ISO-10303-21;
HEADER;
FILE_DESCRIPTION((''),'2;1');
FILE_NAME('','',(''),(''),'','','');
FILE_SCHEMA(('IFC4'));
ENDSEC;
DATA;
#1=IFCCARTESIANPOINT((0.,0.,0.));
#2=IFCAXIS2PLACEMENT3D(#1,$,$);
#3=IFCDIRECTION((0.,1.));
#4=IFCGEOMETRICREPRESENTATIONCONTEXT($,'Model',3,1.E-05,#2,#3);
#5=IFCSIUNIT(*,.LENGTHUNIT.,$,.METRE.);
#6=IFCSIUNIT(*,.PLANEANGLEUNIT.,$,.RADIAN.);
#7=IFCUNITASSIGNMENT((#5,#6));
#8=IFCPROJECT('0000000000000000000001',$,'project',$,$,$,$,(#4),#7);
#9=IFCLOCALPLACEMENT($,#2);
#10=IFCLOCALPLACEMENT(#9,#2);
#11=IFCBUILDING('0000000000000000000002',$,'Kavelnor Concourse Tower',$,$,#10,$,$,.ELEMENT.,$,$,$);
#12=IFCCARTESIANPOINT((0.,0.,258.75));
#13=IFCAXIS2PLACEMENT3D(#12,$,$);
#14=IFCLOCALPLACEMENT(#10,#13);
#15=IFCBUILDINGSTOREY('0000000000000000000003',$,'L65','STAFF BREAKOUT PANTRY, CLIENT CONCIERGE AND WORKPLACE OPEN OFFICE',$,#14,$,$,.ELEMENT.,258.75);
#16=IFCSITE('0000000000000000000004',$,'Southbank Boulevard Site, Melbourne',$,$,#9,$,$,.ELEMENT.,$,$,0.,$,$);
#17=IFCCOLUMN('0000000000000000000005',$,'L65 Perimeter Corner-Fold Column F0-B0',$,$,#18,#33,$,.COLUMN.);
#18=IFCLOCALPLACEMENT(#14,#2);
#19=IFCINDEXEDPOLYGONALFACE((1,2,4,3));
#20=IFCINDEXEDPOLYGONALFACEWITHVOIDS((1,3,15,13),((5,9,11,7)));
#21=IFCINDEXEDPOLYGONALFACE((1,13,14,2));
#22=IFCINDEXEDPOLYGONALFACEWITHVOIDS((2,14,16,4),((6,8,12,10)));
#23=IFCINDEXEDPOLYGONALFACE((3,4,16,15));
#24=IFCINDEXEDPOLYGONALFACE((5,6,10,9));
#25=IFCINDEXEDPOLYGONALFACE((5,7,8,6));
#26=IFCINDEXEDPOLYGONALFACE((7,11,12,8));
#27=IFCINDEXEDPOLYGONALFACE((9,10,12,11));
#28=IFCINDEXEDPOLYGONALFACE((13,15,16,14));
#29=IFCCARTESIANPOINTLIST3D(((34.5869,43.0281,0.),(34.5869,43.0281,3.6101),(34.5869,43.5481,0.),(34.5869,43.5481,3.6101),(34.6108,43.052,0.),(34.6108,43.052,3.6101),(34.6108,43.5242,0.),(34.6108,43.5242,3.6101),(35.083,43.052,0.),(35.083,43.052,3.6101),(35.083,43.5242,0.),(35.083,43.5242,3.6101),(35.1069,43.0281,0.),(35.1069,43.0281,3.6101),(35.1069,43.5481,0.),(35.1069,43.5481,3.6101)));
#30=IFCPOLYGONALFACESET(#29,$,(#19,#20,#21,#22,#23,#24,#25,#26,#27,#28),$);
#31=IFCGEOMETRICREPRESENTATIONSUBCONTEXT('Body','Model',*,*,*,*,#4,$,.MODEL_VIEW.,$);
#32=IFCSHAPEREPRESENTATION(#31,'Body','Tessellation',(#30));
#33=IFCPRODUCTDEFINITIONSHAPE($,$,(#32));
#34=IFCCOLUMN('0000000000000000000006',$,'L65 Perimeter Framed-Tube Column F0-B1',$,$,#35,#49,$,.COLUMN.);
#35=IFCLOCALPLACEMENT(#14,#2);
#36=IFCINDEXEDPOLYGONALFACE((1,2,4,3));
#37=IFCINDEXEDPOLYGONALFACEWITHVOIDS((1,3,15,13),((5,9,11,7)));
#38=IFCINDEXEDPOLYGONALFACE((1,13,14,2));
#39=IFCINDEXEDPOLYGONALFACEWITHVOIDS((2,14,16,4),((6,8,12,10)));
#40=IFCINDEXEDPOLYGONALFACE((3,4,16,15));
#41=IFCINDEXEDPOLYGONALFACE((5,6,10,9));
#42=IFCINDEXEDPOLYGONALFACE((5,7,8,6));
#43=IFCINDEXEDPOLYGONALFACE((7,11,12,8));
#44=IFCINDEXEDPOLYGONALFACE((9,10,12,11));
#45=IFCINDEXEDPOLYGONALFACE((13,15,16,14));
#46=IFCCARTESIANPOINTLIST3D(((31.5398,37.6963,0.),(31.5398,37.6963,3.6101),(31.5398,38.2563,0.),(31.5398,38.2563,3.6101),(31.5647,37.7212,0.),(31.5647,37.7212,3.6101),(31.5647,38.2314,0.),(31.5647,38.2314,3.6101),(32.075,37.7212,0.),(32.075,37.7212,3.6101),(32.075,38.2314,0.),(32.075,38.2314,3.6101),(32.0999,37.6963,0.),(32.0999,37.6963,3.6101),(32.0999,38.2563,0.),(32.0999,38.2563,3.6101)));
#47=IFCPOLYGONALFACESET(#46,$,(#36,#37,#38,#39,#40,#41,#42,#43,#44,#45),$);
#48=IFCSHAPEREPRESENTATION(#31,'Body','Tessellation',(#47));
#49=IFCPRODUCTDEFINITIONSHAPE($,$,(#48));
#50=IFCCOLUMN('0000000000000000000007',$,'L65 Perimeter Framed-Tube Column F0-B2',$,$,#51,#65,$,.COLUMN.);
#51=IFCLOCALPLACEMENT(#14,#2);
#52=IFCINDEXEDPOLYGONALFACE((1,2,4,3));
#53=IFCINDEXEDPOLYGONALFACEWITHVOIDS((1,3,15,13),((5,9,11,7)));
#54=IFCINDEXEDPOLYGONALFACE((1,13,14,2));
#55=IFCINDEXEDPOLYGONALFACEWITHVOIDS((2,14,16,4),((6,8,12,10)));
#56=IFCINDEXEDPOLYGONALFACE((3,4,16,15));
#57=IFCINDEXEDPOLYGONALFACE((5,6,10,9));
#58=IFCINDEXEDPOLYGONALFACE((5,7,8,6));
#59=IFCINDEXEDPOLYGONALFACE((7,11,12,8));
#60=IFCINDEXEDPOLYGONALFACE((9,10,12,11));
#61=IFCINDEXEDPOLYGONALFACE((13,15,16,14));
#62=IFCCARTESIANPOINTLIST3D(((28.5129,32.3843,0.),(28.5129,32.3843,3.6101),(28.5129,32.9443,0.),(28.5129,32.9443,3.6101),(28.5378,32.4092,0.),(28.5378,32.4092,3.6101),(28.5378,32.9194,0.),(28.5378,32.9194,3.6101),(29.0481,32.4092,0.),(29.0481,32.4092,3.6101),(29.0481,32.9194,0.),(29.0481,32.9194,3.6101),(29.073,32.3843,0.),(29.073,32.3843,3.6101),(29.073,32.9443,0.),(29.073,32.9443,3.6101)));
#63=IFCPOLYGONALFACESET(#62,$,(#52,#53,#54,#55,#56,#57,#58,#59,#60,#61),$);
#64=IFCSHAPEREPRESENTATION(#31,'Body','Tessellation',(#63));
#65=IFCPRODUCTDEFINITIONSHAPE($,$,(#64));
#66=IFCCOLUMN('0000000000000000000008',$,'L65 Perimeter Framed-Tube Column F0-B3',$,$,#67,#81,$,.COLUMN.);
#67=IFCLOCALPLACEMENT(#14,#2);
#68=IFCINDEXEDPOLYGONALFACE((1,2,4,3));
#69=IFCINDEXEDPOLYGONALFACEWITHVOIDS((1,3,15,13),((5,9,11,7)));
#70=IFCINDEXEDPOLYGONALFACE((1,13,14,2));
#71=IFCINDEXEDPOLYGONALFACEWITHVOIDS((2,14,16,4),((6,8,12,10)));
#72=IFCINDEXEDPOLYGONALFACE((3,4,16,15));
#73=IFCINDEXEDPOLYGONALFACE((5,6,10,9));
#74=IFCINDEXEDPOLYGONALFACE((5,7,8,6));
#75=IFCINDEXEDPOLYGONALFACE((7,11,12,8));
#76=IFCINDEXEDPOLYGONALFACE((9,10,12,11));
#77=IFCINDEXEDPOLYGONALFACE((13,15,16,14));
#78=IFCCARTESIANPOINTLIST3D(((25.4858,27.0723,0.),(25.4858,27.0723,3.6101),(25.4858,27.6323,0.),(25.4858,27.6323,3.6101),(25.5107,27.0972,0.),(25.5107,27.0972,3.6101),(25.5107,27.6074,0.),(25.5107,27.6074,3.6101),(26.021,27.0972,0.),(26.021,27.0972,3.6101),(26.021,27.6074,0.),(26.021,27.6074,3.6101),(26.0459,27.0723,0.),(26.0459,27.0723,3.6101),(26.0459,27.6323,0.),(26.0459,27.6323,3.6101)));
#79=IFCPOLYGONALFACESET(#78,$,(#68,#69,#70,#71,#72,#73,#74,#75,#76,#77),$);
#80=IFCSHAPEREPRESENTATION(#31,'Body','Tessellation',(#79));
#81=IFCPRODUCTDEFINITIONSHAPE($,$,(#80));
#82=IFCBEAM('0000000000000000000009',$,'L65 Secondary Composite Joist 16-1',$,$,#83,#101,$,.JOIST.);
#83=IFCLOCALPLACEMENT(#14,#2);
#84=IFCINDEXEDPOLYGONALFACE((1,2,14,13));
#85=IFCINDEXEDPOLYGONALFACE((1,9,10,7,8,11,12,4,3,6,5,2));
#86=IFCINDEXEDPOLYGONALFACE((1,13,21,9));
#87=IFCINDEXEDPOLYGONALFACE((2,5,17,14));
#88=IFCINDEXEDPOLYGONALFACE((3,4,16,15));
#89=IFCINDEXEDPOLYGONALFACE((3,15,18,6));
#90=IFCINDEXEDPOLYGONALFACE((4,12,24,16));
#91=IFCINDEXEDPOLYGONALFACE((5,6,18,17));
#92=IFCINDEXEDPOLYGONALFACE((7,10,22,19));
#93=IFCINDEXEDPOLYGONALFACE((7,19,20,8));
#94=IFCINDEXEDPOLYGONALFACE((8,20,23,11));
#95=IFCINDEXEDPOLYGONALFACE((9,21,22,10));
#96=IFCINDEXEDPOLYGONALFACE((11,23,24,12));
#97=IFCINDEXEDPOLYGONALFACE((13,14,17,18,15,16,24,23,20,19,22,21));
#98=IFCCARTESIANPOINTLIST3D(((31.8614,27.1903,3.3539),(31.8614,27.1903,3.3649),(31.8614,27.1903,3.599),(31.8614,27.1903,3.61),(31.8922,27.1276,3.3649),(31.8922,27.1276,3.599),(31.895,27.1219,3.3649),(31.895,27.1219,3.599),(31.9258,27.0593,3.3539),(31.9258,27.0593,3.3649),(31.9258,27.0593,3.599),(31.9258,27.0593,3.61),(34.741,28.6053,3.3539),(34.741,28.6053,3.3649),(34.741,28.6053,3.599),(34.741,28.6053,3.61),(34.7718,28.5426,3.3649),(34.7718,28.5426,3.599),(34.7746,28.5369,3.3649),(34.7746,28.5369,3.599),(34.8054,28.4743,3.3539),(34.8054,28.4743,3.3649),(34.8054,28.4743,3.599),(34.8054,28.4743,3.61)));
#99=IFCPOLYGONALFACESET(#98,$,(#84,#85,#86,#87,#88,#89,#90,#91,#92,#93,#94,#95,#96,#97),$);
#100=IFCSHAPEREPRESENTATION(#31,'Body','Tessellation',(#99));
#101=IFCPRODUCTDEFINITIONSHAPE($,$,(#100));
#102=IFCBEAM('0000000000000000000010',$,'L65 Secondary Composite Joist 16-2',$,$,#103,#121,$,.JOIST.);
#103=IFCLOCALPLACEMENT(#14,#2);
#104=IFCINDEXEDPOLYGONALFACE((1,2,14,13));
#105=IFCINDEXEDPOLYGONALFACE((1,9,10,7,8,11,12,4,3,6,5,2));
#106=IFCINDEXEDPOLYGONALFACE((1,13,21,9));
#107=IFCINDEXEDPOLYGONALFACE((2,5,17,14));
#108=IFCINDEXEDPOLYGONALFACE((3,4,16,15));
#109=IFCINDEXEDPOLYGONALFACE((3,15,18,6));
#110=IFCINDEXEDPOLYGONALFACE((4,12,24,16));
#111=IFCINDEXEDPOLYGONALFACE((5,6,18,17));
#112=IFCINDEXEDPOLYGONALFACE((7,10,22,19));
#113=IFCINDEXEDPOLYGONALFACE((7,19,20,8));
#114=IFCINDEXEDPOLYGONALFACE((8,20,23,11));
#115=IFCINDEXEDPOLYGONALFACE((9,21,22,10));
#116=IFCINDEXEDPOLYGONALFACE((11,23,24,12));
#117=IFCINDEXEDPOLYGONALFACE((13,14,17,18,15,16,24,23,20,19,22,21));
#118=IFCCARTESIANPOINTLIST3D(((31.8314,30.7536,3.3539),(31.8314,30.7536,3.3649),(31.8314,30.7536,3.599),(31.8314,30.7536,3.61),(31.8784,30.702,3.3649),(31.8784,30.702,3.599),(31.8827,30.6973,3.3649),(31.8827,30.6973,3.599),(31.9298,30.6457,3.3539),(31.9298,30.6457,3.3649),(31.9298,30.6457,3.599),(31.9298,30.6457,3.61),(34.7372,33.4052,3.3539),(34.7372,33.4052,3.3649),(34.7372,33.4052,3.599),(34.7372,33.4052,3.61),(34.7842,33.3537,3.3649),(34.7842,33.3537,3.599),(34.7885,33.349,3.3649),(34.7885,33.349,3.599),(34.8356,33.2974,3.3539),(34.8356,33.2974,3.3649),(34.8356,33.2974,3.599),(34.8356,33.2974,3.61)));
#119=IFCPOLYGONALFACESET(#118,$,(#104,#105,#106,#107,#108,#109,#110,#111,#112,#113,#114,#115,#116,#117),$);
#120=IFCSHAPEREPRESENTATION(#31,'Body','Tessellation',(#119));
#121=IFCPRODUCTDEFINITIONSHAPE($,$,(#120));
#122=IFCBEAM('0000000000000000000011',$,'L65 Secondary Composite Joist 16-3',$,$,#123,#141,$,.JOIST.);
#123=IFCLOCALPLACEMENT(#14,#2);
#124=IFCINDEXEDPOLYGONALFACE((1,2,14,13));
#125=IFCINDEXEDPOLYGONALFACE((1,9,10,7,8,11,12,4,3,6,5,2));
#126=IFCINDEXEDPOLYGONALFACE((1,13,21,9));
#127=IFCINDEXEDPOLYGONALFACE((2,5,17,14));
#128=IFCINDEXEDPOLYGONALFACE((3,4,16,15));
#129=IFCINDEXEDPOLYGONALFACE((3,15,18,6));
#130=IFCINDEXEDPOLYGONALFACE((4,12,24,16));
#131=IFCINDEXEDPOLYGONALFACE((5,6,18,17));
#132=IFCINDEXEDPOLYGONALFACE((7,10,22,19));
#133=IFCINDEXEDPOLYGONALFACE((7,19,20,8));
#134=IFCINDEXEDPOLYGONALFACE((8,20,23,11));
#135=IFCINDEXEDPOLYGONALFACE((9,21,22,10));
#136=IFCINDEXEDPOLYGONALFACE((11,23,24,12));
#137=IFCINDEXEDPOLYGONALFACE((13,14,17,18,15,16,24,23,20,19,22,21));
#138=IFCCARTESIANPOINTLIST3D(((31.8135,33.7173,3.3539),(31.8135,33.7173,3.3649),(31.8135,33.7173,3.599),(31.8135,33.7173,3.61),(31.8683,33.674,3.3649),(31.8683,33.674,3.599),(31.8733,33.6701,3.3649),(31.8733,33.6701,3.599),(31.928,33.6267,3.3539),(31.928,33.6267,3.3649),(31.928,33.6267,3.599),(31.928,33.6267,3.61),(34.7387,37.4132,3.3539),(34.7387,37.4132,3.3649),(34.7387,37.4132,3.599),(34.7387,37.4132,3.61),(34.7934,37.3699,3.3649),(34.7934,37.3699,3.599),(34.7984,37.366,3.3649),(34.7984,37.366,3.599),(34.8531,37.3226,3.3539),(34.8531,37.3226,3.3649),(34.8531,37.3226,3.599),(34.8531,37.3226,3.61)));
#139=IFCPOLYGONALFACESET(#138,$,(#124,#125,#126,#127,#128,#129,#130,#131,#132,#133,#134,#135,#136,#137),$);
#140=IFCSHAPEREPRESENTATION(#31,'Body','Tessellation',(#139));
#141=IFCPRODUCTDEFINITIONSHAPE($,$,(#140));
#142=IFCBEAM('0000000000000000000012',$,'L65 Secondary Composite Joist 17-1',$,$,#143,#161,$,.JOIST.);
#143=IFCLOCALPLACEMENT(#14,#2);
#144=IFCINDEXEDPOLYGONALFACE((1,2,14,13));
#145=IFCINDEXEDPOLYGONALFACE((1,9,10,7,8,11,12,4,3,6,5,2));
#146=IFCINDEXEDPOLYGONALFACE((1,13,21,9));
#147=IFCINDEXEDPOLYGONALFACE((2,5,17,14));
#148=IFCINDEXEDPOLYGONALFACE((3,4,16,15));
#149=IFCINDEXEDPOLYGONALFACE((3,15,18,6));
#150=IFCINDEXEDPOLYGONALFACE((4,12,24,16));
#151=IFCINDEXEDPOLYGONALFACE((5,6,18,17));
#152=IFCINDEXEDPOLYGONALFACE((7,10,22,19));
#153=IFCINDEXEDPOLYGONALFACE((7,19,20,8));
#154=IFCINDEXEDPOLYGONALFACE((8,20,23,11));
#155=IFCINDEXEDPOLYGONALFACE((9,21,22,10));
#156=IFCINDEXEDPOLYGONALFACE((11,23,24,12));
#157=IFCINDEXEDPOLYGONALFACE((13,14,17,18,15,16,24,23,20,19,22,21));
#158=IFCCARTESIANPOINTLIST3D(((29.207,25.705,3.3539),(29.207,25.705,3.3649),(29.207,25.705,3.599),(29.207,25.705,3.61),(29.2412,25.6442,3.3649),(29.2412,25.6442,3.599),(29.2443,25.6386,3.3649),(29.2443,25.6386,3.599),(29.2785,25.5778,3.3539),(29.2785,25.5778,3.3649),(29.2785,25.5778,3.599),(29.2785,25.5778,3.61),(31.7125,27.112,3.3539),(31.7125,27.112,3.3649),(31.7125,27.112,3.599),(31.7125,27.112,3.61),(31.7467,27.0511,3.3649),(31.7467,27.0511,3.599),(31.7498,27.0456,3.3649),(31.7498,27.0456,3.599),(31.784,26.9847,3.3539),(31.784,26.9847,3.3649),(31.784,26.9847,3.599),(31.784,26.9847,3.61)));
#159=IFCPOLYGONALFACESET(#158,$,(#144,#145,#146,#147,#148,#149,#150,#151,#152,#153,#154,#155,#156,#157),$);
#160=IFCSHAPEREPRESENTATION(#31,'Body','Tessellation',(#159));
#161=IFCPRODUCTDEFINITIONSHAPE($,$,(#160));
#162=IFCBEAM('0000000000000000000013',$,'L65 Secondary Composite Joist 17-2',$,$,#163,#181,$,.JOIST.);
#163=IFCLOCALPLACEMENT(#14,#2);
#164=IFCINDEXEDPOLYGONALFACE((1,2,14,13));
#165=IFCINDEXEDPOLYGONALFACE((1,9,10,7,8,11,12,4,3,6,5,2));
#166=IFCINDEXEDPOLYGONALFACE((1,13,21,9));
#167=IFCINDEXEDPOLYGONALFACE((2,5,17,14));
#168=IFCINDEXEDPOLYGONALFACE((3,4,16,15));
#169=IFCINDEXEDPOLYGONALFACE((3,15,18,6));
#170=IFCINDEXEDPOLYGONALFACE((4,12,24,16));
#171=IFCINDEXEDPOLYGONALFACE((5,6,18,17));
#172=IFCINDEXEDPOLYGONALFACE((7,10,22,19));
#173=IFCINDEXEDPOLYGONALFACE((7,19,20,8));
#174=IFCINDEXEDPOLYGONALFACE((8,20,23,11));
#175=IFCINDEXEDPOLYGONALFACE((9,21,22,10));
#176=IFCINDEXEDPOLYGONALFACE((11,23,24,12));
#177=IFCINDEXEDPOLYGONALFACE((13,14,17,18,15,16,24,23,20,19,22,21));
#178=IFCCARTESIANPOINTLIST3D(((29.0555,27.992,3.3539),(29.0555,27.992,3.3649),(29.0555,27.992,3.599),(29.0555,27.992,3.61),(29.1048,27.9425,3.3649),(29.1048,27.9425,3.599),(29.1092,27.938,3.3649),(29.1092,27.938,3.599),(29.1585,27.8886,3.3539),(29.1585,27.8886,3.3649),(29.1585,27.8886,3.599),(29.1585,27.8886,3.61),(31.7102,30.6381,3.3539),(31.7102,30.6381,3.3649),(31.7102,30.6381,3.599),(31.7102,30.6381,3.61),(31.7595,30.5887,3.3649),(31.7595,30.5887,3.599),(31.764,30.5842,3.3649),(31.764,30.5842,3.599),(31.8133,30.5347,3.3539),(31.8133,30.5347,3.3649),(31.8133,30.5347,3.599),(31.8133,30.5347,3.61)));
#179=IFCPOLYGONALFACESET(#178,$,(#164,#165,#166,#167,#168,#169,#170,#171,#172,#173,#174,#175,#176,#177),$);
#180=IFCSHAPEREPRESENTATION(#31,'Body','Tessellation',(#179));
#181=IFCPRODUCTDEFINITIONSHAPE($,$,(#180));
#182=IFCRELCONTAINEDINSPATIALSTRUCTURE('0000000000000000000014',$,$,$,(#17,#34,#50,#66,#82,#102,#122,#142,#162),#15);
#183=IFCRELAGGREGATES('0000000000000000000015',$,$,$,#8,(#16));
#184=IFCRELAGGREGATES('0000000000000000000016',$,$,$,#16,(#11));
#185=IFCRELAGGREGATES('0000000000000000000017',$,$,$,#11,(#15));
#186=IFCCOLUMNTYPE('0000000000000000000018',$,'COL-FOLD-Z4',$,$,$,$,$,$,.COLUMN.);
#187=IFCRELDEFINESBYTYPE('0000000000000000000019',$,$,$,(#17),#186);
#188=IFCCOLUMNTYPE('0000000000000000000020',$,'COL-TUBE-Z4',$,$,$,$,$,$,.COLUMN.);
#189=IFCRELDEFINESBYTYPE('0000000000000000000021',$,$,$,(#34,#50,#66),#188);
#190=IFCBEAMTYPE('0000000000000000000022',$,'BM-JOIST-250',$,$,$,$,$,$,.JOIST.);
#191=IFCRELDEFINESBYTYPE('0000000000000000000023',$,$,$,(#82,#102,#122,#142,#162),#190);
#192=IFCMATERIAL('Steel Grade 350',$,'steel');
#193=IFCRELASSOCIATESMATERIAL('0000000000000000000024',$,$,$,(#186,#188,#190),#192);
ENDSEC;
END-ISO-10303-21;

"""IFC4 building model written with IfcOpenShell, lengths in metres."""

from ifc_helpers import new_model, si_unit, direction, frame, origin, origin_2d, place, context, subcontext, project, spatial, hollow_rectangle, i_section, extrude, material, material_profile, profile_set, type_object, element, save


model = new_model("IFC4")

# Units and contexts
model_context = context("Model", 3, precision=1e-05, world=origin(), true_north=direction((0.0, 1.0)))
body_context = subcontext(model_context, "Body", "Model", "MODEL_VIEW")
ifc_project = project(units=[si_unit("LENGTHUNIT", "METRE"), si_unit("PLANEANGLEUNIT", "RADIAN")], contexts=[model_context])

# Site, building, storey
site_placement = place(None, origin())
site = spatial("IfcSite", under=ifc_project, at=site_placement, Name="Southbank Boulevard Site, Melbourne", CompositionType="ELEMENT", RefElevation=0.0)
building_placement = place(site_placement, origin())
building = spatial("IfcBuilding", under=site, at=building_placement, Name="Kavelnor Concourse Tower", CompositionType="ELEMENT")
storey_placement = place(building_placement, frame((0.0, 0.0, 258.75)))
storey = spatial("IfcBuildingStorey", under=building, at=storey_placement, Name="L65", Description="STAFF BREAKOUT PANTRY, CLIENT CONCIERGE AND WORKPLACE OPEN OFFICE", CompositionType="ELEMENT", Elevation=258.75)

# Columns
ifc_material_1 = material(Name="Steel Grade 350", Category="steel")
ifc_material_profile_1 = material_profile(ifc_material_1, hollow_rectangle(XDim=0.52, YDim=0.52, WallThickness=0.0239, at=origin_2d()), Name="SHS 520x520x24")
ifc_profile_set_1 = profile_set([ifc_material_profile_1], Name="Steel Grade 350")
column_type_1 = type_object("IfcColumnType", Name="COL-FOLD-Z4", PredefinedType="COLUMN", material=ifc_profile_set_1)
column_placement = place(storey_placement, frame((34.8469, 43.2881, 0.0), z_axis=(0.0, 0.0, 1.0), x_axis=(1.0, 0.0, 0.0)))
element("IfcColumn", 1, at=column_placement, inside=storey, type_object=column_type_1, Name="L65 Perimeter Corner-Fold Column F0-B0", PredefinedType="COLUMN", context=body_context, shape_type="SweptSolid", body=[
    extrude(hollow_rectangle(XDim=0.52, YDim=0.52, WallThickness=0.0239, at=origin_2d()), origin(), (0.0, 0.0, 1.0), 3.6101),
])
ifc_material_profile_2 = material_profile(ifc_material_1, hollow_rectangle(XDim=0.5601, YDim=0.5601, WallThickness=0.0249, at=origin_2d()), Name="SHS 560x560x25")
ifc_profile_set_2 = profile_set([ifc_material_profile_2], Name="Steel Grade 350")
column_type_2 = type_object("IfcColumnType", Name="COL-TUBE-Z4", PredefinedType="COLUMN", material=ifc_profile_set_2)
for number, where, z_axis, x_axis, name in (
    (2, (31.8198, 37.9763, 0.0), (0.0, 0.0, 1.0), (1.0, 0.0, 0.0), "L65 Perimeter Framed-Tube Column F0-B1"),
    (3, (28.793, 32.6643, 0.0), (0.0, 0.0, 1.0), (1.0, 0.0, 0.0), "L65 Perimeter Framed-Tube Column F0-B2"),
    (4, (25.7659, 27.3523, 0.0), (0.0, 0.0, 1.0), (1.0, 0.0, 0.0), "L65 Perimeter Framed-Tube Column F0-B3"),
):
    element("IfcColumn", number, at=place(storey_placement, frame(where, z_axis=z_axis, x_axis=x_axis)), inside=storey, type_object=column_type_2, Name=name, PredefinedType="COLUMN", context=body_context, shape_type="SweptSolid", body=[
        extrude(hollow_rectangle(XDim=0.5601, YDim=0.5601, WallThickness=0.0249, at=origin_2d()), origin(), (0.0, 0.0, 1.0), 3.6101),
    ])

# Beams
ifc_material_profile_3 = material_profile(ifc_material_1, i_section(OverallWidth=0.146, OverallDepth=0.2561, WebThickness=0.0063, FlangeThickness=0.011, at=origin_2d()), Name="250UB37")
ifc_profile_set_3 = profile_set([ifc_material_profile_3], Name="Steel Grade 350")
beam_type_1 = type_object("IfcBeamType", Name="BM-JOIST-250", PredefinedType="JOIST", material=ifc_profile_set_3)
beam_1_placement = place(storey_placement, frame((34.7732, 28.5398, 3.4819), z_axis=(-0.897495, -0.441024, 0.0), x_axis=(0.441024, -0.897495, 0.0)))
element("IfcBeam", 5, at=beam_1_placement, inside=storey, type_object=beam_type_1, Name="L65 Secondary Composite Joist 16-1", PredefinedType="JOIST", context=body_context, shape_type="SweptSolid", body=[
    extrude(i_section(OverallWidth=0.146, OverallDepth=0.2561, WebThickness=0.0063, FlangeThickness=0.011, at=origin_2d()), origin(), (0.0, 0.0, 1.0), 3.2085),
])
beam_2_placement = place(storey_placement, frame((34.7864, 33.3513, 3.4819), z_axis=(-0.738672, -0.674065, 0.0), x_axis=(0.674065, -0.738672, 0.0)))
element("IfcBeam", 6, at=beam_2_placement, inside=storey, type_object=beam_type_1, Name="L65 Secondary Composite Joist 16-2", PredefinedType="JOIST", context=body_context, shape_type="SweptSolid", body=[
    extrude(i_section(OverallWidth=0.146, OverallDepth=0.2561, WebThickness=0.0063, FlangeThickness=0.011, at=origin_2d()), origin(), (0.0, 0.0, 1.0), 3.9338),
])
beam_3_placement = place(storey_placement, frame((34.7959, 37.3679, 3.4819), z_axis=(-0.620599, -0.784128, 0.0), x_axis=(0.784128, -0.620599, 0.0)))
element("IfcBeam", 7, at=beam_3_placement, inside=storey, type_object=beam_type_1, Name="L65 Secondary Composite Joist 16-3", PredefinedType="JOIST", context=body_context, shape_type="SweptSolid", body=[
    extrude(i_section(OverallWidth=0.146, OverallDepth=0.2561, WebThickness=0.0063, FlangeThickness=0.011, at=origin_2d()), origin(), (0.0, 0.0, 1.0), 4.7134),
])
beam_4_placement = place(storey_placement, frame((31.7483, 27.0483, 3.4819), z_axis=(-0.871936, -0.48962, 0.0), x_axis=(0.48962, -0.871936, 0.0)))
element("IfcBeam", 8, at=beam_4_placement, inside=storey, type_object=beam_type_1, Name="L65 Secondary Composite Joist 17-1", PredefinedType="JOIST", context=body_context, shape_type="SweptSolid", body=[
    extrude(i_section(OverallWidth=0.146, OverallDepth=0.2561, WebThickness=0.0063, FlangeThickness=0.011, at=origin_2d()), origin(), (0.0, 0.0, 1.0), 2.8735),
])
beam_5_placement = place(storey_placement, frame((31.7617, 30.5864, 3.4819), z_axis=(-0.708246, -0.705966, 0.0), x_axis=(0.705966, -0.708246, 0.0)))
element("IfcBeam", 9, at=beam_5_placement, inside=storey, type_object=beam_type_1, Name="L65 Secondary Composite Joist 17-2", PredefinedType="JOIST", context=body_context, shape_type="SweptSolid", body=[
    extrude(i_section(OverallWidth=0.146, OverallDepth=0.2561, WebThickness=0.0063, FlangeThickness=0.011, at=origin_2d()), origin(), (0.0, 0.0, 1.0), 3.7483),
])

save(model, "model.ifc")
